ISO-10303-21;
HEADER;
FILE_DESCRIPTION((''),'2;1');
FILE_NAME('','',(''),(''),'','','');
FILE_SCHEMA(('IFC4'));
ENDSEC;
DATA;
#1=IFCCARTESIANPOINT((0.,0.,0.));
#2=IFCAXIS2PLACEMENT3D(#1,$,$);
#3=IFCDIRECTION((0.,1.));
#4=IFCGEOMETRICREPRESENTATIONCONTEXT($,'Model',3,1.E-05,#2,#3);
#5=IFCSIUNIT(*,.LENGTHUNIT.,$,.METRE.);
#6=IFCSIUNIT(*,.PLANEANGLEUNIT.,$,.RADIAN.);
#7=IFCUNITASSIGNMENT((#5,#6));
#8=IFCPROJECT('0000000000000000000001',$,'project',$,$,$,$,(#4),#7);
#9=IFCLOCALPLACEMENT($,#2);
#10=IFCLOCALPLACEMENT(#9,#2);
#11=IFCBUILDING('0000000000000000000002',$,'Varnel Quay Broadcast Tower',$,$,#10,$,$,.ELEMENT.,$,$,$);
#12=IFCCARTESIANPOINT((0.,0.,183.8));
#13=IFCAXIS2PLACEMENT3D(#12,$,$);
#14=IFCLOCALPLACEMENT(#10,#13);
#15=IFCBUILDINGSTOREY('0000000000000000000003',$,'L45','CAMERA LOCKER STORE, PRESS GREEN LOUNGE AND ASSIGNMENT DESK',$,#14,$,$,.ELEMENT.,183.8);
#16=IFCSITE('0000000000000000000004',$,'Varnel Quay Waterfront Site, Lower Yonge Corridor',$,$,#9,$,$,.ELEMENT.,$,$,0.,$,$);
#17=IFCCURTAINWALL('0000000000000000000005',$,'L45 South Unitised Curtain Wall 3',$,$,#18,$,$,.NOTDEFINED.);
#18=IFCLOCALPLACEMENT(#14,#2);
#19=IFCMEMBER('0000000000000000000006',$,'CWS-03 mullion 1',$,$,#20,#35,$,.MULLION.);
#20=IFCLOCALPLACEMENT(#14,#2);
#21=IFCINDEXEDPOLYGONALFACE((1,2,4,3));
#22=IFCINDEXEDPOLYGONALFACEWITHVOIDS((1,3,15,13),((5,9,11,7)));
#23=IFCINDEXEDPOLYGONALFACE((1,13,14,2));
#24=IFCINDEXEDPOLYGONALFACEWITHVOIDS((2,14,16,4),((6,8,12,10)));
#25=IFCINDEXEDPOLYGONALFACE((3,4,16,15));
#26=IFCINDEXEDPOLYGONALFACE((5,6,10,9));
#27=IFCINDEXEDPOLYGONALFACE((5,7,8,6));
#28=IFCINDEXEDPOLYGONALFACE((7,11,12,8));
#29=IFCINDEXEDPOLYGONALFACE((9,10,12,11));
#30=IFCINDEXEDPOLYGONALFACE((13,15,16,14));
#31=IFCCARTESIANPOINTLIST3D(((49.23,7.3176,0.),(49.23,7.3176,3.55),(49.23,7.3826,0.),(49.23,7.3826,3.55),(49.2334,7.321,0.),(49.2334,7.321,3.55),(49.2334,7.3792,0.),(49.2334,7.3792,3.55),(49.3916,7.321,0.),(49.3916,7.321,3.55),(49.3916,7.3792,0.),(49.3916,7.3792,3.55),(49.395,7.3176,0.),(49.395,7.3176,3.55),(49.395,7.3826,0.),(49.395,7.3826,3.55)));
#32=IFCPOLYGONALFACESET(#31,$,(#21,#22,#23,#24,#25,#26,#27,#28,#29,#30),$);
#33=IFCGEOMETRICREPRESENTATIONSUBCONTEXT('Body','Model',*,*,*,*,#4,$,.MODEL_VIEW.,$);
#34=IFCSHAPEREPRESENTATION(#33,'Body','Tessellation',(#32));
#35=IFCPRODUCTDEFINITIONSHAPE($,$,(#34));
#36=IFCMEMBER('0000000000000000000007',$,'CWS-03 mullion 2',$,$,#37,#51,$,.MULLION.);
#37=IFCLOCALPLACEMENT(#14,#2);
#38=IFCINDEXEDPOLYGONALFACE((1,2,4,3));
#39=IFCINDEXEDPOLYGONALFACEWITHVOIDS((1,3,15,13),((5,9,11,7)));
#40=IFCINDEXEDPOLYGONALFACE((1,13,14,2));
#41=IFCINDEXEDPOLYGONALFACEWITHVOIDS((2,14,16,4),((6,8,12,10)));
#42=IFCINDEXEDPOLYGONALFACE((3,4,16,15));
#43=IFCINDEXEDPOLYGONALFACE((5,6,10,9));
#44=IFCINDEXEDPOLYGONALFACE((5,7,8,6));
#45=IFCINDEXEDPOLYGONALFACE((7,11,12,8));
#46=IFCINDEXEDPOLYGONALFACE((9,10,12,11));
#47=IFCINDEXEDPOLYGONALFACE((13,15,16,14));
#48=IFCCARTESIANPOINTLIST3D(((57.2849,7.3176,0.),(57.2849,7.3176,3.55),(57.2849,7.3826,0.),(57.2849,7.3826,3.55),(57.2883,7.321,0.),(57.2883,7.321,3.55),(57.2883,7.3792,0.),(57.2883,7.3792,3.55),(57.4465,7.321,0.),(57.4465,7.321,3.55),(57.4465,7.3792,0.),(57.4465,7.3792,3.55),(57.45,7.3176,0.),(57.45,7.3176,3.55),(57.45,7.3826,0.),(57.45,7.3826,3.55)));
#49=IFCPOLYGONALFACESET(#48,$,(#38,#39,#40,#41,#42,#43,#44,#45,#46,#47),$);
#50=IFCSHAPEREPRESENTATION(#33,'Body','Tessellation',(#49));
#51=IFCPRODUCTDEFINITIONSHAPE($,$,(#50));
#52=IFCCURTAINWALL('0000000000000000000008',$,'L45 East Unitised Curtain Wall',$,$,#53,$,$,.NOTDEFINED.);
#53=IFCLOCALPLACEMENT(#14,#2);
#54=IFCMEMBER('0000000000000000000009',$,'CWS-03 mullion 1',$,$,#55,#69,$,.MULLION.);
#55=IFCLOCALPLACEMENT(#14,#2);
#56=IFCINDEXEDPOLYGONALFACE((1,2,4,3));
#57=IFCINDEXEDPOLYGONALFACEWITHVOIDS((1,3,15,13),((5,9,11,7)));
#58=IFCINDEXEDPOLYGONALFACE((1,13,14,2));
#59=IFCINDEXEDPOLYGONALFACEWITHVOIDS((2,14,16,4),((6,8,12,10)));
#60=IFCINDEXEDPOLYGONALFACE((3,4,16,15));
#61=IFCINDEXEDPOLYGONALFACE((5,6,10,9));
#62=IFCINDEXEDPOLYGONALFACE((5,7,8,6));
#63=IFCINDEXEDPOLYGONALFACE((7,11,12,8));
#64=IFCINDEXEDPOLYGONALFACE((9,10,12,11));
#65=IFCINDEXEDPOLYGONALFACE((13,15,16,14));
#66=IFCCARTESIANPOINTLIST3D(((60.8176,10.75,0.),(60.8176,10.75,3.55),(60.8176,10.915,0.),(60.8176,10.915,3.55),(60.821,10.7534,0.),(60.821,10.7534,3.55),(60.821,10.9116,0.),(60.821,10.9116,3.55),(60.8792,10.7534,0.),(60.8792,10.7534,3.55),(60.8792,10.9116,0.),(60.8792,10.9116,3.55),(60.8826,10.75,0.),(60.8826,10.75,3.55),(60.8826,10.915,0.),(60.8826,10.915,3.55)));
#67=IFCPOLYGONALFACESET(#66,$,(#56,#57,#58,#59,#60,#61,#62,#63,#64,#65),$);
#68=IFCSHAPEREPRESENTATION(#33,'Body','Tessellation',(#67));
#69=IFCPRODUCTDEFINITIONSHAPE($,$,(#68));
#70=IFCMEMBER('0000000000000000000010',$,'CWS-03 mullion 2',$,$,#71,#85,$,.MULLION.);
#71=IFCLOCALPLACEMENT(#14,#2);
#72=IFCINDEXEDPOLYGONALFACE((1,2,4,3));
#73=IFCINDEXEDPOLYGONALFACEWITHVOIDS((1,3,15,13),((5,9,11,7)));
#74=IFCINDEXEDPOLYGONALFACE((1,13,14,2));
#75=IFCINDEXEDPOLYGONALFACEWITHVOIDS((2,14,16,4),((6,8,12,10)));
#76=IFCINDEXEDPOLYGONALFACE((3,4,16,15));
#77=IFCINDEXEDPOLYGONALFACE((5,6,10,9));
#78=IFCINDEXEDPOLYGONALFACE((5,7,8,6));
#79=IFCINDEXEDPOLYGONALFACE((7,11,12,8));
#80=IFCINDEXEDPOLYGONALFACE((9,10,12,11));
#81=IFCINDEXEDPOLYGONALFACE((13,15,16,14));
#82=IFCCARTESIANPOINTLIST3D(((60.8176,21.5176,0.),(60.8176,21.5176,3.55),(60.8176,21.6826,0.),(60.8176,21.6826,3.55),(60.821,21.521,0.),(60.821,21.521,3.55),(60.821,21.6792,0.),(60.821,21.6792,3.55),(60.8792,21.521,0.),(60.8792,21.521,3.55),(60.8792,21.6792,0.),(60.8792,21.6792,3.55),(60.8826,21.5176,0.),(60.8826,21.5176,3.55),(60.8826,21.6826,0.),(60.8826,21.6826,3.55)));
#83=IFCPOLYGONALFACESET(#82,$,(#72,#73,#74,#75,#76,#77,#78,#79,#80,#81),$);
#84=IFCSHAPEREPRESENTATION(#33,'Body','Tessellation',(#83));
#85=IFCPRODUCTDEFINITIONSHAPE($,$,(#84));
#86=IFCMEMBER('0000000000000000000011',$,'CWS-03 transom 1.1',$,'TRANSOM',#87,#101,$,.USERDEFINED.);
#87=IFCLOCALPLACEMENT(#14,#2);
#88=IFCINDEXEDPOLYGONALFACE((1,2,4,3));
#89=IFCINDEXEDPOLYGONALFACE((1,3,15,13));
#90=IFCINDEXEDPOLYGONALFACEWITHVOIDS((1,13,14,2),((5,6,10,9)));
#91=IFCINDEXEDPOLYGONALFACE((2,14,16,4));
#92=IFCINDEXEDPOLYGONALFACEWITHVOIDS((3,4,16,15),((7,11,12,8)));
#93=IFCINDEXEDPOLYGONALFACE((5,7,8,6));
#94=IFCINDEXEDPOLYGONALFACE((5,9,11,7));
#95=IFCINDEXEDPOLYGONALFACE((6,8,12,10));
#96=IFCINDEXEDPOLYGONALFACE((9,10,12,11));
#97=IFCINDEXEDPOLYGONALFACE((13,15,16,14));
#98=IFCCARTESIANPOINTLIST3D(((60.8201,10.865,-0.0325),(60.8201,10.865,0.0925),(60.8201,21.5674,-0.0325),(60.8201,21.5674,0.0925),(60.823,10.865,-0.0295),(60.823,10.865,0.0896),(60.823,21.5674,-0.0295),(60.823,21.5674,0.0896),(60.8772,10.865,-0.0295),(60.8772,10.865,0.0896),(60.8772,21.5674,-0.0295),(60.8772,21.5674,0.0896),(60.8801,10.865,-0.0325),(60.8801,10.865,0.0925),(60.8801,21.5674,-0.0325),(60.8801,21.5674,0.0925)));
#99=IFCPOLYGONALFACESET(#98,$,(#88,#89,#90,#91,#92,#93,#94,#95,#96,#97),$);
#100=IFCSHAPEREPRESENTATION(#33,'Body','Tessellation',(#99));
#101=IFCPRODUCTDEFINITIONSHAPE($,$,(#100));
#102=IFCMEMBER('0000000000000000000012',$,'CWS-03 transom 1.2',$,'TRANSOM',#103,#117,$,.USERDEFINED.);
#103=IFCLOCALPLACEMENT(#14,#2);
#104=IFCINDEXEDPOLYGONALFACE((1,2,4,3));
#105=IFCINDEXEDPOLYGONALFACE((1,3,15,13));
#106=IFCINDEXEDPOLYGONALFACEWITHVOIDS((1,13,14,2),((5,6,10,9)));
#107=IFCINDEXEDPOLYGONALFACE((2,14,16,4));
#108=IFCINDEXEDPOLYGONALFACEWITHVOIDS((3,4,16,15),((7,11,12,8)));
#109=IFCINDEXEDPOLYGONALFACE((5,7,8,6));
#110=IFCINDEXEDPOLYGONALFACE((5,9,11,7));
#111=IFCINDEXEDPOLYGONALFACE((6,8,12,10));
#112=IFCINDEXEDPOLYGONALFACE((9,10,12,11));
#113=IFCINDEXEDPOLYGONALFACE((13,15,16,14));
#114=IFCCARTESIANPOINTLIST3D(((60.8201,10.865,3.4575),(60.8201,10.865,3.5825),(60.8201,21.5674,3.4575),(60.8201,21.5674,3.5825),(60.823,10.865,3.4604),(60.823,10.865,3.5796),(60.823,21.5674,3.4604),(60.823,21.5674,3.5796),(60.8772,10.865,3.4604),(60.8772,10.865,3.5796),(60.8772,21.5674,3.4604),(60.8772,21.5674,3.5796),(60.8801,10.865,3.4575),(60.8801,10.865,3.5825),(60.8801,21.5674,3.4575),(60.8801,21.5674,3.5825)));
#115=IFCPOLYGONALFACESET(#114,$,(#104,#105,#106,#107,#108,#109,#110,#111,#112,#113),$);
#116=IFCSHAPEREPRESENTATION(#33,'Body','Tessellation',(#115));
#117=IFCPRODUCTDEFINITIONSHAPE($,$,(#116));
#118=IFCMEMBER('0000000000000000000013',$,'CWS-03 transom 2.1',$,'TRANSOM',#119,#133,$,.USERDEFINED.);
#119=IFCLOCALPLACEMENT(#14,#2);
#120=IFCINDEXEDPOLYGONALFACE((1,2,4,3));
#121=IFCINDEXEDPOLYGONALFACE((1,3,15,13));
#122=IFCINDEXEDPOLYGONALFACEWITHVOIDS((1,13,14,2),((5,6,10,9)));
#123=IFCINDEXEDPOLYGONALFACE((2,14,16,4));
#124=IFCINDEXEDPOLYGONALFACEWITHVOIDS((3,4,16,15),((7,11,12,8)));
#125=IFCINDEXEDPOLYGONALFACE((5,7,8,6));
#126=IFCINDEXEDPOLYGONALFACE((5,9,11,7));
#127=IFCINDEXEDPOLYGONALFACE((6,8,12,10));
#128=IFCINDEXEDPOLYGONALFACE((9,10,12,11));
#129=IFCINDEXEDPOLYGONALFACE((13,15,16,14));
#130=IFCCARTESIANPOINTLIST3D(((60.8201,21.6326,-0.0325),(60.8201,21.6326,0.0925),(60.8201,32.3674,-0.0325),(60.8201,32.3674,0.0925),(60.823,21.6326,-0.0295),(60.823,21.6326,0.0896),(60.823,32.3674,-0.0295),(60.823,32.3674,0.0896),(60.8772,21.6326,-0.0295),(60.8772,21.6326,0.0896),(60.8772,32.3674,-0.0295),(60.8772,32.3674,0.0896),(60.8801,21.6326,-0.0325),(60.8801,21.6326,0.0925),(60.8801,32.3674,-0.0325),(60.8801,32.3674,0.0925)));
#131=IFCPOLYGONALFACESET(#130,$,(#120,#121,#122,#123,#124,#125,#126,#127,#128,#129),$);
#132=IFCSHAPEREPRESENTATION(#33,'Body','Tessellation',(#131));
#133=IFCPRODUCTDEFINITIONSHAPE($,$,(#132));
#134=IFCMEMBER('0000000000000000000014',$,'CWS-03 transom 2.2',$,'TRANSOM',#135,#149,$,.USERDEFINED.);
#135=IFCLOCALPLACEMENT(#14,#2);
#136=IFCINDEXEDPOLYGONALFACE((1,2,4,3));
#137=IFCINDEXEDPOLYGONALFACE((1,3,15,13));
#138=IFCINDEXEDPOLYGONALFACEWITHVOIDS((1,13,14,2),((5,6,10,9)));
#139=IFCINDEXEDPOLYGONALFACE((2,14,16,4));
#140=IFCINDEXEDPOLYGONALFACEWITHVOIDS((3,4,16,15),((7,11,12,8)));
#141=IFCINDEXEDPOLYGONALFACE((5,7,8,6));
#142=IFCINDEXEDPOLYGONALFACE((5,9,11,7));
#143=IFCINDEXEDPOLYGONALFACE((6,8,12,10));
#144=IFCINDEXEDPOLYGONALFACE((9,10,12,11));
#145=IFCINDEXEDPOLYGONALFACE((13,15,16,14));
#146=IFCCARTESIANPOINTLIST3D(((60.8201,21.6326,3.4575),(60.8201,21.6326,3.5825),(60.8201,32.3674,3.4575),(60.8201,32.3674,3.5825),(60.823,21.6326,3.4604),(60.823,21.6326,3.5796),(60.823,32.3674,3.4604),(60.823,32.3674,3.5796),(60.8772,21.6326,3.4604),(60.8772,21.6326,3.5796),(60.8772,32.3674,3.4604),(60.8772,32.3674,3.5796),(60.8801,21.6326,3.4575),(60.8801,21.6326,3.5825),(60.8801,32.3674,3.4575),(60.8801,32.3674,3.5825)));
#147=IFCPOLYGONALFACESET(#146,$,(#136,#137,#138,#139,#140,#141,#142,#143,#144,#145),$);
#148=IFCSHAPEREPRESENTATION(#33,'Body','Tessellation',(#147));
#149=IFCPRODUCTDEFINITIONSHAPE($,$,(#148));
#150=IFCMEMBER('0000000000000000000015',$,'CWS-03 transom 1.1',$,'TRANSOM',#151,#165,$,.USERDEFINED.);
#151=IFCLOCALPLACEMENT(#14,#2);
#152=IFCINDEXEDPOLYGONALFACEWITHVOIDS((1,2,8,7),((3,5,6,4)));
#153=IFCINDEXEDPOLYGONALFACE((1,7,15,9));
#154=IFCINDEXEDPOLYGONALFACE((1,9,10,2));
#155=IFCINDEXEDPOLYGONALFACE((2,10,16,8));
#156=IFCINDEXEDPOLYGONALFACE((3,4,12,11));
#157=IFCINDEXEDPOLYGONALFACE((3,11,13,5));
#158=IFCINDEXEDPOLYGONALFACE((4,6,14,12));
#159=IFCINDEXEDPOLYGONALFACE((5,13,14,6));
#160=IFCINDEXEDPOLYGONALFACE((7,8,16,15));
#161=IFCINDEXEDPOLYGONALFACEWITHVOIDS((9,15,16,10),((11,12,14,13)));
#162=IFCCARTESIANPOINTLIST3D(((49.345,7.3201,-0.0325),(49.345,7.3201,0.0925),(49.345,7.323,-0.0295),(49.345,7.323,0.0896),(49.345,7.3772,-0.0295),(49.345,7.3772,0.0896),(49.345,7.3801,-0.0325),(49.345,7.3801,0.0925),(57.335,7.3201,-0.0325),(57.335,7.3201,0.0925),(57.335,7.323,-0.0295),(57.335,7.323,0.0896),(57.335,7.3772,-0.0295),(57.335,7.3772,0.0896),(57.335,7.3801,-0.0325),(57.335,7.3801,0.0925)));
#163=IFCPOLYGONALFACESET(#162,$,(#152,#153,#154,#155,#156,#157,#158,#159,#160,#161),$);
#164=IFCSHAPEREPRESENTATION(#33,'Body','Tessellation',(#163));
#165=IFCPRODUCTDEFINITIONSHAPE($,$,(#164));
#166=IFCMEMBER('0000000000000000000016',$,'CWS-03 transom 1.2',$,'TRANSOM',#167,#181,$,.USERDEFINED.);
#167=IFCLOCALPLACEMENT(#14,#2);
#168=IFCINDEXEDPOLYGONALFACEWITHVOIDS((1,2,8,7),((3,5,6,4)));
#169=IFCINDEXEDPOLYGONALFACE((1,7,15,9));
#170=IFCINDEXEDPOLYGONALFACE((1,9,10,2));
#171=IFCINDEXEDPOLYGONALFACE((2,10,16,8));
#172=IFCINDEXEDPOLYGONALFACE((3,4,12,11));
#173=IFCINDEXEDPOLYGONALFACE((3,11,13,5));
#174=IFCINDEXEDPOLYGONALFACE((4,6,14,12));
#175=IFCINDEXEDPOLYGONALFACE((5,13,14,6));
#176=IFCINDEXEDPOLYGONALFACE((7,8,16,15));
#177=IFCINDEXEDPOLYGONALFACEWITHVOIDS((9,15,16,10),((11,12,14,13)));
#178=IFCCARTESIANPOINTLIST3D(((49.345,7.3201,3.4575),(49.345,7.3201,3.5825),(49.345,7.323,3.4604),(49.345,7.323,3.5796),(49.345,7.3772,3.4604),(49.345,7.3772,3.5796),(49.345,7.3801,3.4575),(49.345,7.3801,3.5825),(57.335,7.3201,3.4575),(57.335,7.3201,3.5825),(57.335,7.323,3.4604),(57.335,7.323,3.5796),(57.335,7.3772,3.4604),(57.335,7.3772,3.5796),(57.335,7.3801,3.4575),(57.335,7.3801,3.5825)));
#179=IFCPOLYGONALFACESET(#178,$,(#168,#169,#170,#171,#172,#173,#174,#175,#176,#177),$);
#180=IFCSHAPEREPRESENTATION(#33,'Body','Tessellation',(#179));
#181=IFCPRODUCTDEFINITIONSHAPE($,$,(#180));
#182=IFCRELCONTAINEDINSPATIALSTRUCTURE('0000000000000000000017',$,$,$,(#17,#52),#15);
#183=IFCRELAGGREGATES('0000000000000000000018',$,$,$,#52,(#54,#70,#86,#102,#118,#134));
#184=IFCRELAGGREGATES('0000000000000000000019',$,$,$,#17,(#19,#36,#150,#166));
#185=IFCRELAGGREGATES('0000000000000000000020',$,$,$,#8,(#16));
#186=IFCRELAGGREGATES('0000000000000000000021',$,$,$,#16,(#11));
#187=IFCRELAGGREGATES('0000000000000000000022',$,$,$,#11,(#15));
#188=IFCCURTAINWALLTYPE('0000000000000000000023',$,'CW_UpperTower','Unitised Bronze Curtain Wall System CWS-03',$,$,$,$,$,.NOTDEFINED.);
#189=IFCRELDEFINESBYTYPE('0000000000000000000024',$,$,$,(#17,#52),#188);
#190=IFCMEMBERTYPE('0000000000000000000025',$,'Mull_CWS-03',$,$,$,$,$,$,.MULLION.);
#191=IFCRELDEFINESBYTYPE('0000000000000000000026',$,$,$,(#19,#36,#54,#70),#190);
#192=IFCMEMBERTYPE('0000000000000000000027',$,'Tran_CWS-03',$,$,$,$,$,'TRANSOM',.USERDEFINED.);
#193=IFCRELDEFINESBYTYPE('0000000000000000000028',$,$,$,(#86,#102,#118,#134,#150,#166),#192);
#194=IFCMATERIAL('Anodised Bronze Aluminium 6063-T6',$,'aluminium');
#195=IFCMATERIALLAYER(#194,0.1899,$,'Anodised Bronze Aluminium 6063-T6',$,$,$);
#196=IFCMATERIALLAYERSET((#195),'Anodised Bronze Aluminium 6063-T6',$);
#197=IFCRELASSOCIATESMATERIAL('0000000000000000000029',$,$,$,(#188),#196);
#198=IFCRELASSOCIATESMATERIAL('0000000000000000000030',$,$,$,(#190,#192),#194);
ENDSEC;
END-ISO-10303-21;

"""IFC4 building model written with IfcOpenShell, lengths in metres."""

from ifc_helpers import new_model, si_unit, direction, frame, origin, origin_2d, place, context, subcontext, project, spatial, hollow_rectangle, extrude, source, transform, mapped, material, layer, layer_set, material_profile, profile_set, type_object, type_shapes, element, aggregate, save


model = new_model("IFC4")

# Units and contexts
model_context = context("Model", 3, precision=1e-05, world=origin(), true_north=direction((0.0, 1.0)))
body_context = subcontext(model_context, "Body", "Model", "MODEL_VIEW")
ifc_project = project(units=[si_unit("LENGTHUNIT", "METRE"), si_unit("PLANEANGLEUNIT", "RADIAN")], contexts=[model_context])

# Site, building, storey
site_placement = place(None, origin())
site = spatial("IfcSite", under=ifc_project, at=site_placement, Name="Varnel Quay Waterfront Site, Lower Yonge Corridor", CompositionType="ELEMENT", RefElevation=0.0)
building_placement = place(site_placement, origin())
building = spatial("IfcBuilding", under=site, at=building_placement, Name="Varnel Quay Broadcast Tower", CompositionType="ELEMENT")
storey_placement = place(building_placement, frame((0.0, 0.0, 183.8)))
storey = spatial("IfcBuildingStorey", under=building, at=storey_placement, Name="L45", Description="CAMERA LOCKER STORE, PRESS GREEN LOUNGE AND ASSIGNMENT DESK", CompositionType="ELEMENT", Elevation=183.8)

# Curtain walls, members
ifc_material_1 = material(Name="Anodised Bronze Aluminium 6063-T6", Category="aluminium")
ifc_layer_1 = layer(ifc_material_1, 0.1899, Name="Anodised Bronze Aluminium 6063-T6")
ifc_layer_set_1 = layer_set([ifc_layer_1], Name="Anodised Bronze Aluminium 6063-T6")
curtain_wall_type_1 = type_object("IfcCurtainWallType", Name="CW_UpperTower", Description="Unitised Bronze Curtain Wall System CWS-03", PredefinedType="NOTDEFINED", material=ifc_layer_set_1)
curtain_wall_1_placement = place(storey_placement, origin())
curtain_wall_1 = element("IfcCurtainWall", 1, at=curtain_wall_1_placement, inside=storey, type_object=curtain_wall_type_1, Name="L45 South Unitised Curtain Wall 3", PredefinedType="NOTDEFINED")
ifc_material_profile_1 = material_profile(ifc_material_1, hollow_rectangle(XDim=0.0649, YDim=0.165, WallThickness=0.0034, at=origin_2d()), Name="ALU65X165X3.5")
ifc_profile_set_1 = profile_set([ifc_material_profile_1], Name="Anodised Bronze Aluminium 6063-T6")
member_type_1 = type_object("IfcMemberType", Name="Mull_CWS-03", PredefinedType="MULLION", material=ifc_profile_set_1)
shared_shape_1 = source(origin(), body_context, "Body", "SweptSolid", [
    extrude(hollow_rectangle(XDim=0.0649, YDim=0.165, WallThickness=0.0034, at=origin_2d()), origin(), (0.0, 0.0, 1.0), 3.55),
])
type_shapes(member_type_1, [shared_shape_1])
member_1_placement = place(storey_placement, frame((49.3125, 7.3501, 0.0), z_axis=(0.0, 0.0, 1.0), x_axis=(0.0, 1.0, 0.0)))
member_1 = element("IfcMember", 2, at=member_1_placement, type_object=member_type_1, Name="CWS-03 mullion 1", PredefinedType="MULLION", context=body_context, shape_type="MappedRepresentation", body=[
    mapped(shared_shape_1, transform((0.0, 0.0, 0.0), x_axis=(1.0, 0.0, 0.0), y_axis=(0.0, 1.0, 0.0), z_axis=(0.0, 0.0, 1.0), scale=1.0)),
])
member_2_placement = place(storey_placement, frame((57.3674, 7.3501, 0.0), z_axis=(0.0, 0.0, 1.0), x_axis=(0.0, 1.0, 0.0)))
member_2 = element("IfcMember", 3, at=member_2_placement, type_object=member_type_1, Name="CWS-03 mullion 2", PredefinedType="MULLION", context=body_context, shape_type="MappedRepresentation", body=[
    mapped(shared_shape_1, transform((0.0, 0.0, 0.0), x_axis=(1.0, 0.0, 0.0), y_axis=(0.0, 1.0, 0.0), z_axis=(0.0, 0.0, 1.0), scale=1.0)),
])
curtain_wall_2_placement = place(storey_placement, origin())
curtain_wall_2 = element("IfcCurtainWall", 4, at=curtain_wall_2_placement, inside=storey, type_object=curtain_wall_type_1, Name="L45 East Unitised Curtain Wall", PredefinedType="NOTDEFINED")
member_3_placement = place(storey_placement, frame((60.8501, 10.8325, 0.0), z_axis=(0.0, 0.0, 1.0), x_axis=(-1.0, 0.0, 0.0)))
member_3 = element("IfcMember", 5, at=member_3_placement, type_object=member_type_1, Name="CWS-03 mullion 1", PredefinedType="MULLION", context=body_context, shape_type="MappedRepresentation", body=[
    mapped(shared_shape_1, transform((0.0, 0.0, 0.0), x_axis=(1.0, 0.0, 0.0), y_axis=(0.0, 1.0, 0.0), z_axis=(0.0, 0.0, 1.0), scale=1.0)),
])
member_4_placement = place(storey_placement, frame((60.8501, 21.6001, 0.0), z_axis=(0.0, 0.0, 1.0), x_axis=(-1.0, 0.0, 0.0)))
member_4 = element("IfcMember", 6, at=member_4_placement, type_object=member_type_1, Name="CWS-03 mullion 2", PredefinedType="MULLION", context=body_context, shape_type="MappedRepresentation", body=[
    mapped(shared_shape_1, transform((0.0, 0.0, 0.0), x_axis=(1.0, 0.0, 0.0), y_axis=(0.0, 1.0, 0.0), z_axis=(0.0, 0.0, 1.0), scale=1.0)),
])
ifc_material_profile_2 = material_profile(ifc_material_1, hollow_rectangle(XDim=0.0601, YDim=0.125, WallThickness=0.0029, at=origin_2d()), Name="ALU60X125X3")
ifc_profile_set_2 = profile_set([ifc_material_profile_2], Name="Anodised Bronze Aluminium 6063-T6")
member_type_2 = type_object("IfcMemberType", Name="Tran_CWS-03", ElementType="TRANSOM", PredefinedType="USERDEFINED", material=ifc_profile_set_2)
shared_shape_2 = source(origin(), body_context, "Body", "SweptSolid", [
    extrude(hollow_rectangle(XDim=0.0601, YDim=0.125, WallThickness=0.0029, at=origin_2d()), origin(), (0.0, 0.0, 1.0), 10.7024),
])
member_5_placement = place(storey_placement, frame((60.8501, 10.865, 0.03), z_axis=(0.0, 1.0, 0.0), x_axis=(-1.0, 0.0, 0.0)))
member_5 = element("IfcMember", 7, at=member_5_placement, type_object=member_type_2, Name="CWS-03 transom 1.1", ObjectType="TRANSOM", PredefinedType="USERDEFINED", context=body_context, shape_type="MappedRepresentation", body=[
    mapped(shared_shape_2, transform((0.0, 0.0, 0.0), x_axis=(1.0, 0.0, 0.0), y_axis=(0.0, 1.0, 0.0), z_axis=(0.0, 0.0, 1.0), scale=1.0)),
])
member_6_placement = place(storey_placement, frame((60.8501, 10.865, 3.52), z_axis=(0.0, 1.0, 0.0), x_axis=(-1.0, 0.0, 0.0)))
member_6 = element("IfcMember", 8, at=member_6_placement, type_object=member_type_2, Name="CWS-03 transom 1.2", ObjectType="TRANSOM", PredefinedType="USERDEFINED", context=body_context, shape_type="MappedRepresentation", body=[
    mapped(shared_shape_2, transform((0.0, 0.0, 0.0), x_axis=(1.0, 0.0, 0.0), y_axis=(0.0, 1.0, 0.0), z_axis=(0.0, 0.0, 1.0), scale=1.0)),
])
shared_shape_3 = source(origin(), body_context, "Body", "SweptSolid", [
    extrude(hollow_rectangle(XDim=0.0601, YDim=0.125, WallThickness=0.0029, at=origin_2d()), origin(), (0.0, 0.0, 1.0), 10.7349),
])
member_7_placement = place(storey_placement, frame((60.8501, 21.6326, 0.03), z_axis=(0.0, 1.0, 0.0), x_axis=(-1.0, 0.0, 0.0)))
member_7 = element("IfcMember", 9, at=member_7_placement, type_object=member_type_2, Name="CWS-03 transom 2.1", ObjectType="TRANSOM", PredefinedType="USERDEFINED", context=body_context, shape_type="MappedRepresentation", body=[
    mapped(shared_shape_3, transform((0.0, 0.0, 0.0), x_axis=(1.0, 0.0, 0.0), y_axis=(0.0, 1.0, 0.0), z_axis=(0.0, 0.0, 1.0), scale=1.0)),
])
member_8_placement = place(storey_placement, frame((60.8501, 21.6326, 3.52), z_axis=(0.0, 1.0, 0.0), x_axis=(-1.0, 0.0, 0.0)))
member_8 = element("IfcMember", 10, at=member_8_placement, type_object=member_type_2, Name="CWS-03 transom 2.2", ObjectType="TRANSOM", PredefinedType="USERDEFINED", context=body_context, shape_type="MappedRepresentation", body=[
    mapped(shared_shape_3, transform((0.0, 0.0, 0.0), x_axis=(1.0, 0.0, 0.0), y_axis=(0.0, 1.0, 0.0), z_axis=(0.0, 0.0, 1.0), scale=1.0)),
])

# Members
shared_shape_4 = source(origin(), body_context, "Body", "SweptSolid", [
    extrude(hollow_rectangle(XDim=0.0601, YDim=0.125, WallThickness=0.0029, at=origin_2d()), origin(), (0.0, 0.0, 1.0), 7.99),
])
type_shapes(member_type_2, [shared_shape_2, shared_shape_3, shared_shape_4])
member_9_placement = place(storey_placement, frame((49.345, 7.3501, 0.03), z_axis=(1.0, 0.0, 0.0), x_axis=(0.0, 1.0, 0.0)))
member_9 = element("IfcMember", 11, at=member_9_placement, type_object=member_type_2, Name="CWS-03 transom 1.1", ObjectType="TRANSOM", PredefinedType="USERDEFINED", context=body_context, shape_type="MappedRepresentation", body=[
    mapped(shared_shape_4, transform((0.0, 0.0, 0.0), x_axis=(1.0, 0.0, 0.0), y_axis=(0.0, 1.0, 0.0), z_axis=(0.0, 0.0, 1.0), scale=1.0)),
])
member_10_placement = place(storey_placement, frame((49.345, 7.3501, 3.52), z_axis=(1.0, 0.0, 0.0), x_axis=(0.0, 1.0, 0.0)))
member_10 = element("IfcMember", 12, at=member_10_placement, type_object=member_type_2, Name="CWS-03 transom 1.2", ObjectType="TRANSOM", PredefinedType="USERDEFINED", context=body_context, shape_type="MappedRepresentation", body=[
    mapped(shared_shape_4, transform((0.0, 0.0, 0.0), x_axis=(1.0, 0.0, 0.0), y_axis=(0.0, 1.0, 0.0), z_axis=(0.0, 0.0, 1.0), scale=1.0)),
])

aggregate(curtain_wall_2, [member_3, member_4, member_5, member_6, member_7, member_8])
aggregate(curtain_wall_1, [member_1, member_2, member_9, member_10])

save(model, "model.ifc")
